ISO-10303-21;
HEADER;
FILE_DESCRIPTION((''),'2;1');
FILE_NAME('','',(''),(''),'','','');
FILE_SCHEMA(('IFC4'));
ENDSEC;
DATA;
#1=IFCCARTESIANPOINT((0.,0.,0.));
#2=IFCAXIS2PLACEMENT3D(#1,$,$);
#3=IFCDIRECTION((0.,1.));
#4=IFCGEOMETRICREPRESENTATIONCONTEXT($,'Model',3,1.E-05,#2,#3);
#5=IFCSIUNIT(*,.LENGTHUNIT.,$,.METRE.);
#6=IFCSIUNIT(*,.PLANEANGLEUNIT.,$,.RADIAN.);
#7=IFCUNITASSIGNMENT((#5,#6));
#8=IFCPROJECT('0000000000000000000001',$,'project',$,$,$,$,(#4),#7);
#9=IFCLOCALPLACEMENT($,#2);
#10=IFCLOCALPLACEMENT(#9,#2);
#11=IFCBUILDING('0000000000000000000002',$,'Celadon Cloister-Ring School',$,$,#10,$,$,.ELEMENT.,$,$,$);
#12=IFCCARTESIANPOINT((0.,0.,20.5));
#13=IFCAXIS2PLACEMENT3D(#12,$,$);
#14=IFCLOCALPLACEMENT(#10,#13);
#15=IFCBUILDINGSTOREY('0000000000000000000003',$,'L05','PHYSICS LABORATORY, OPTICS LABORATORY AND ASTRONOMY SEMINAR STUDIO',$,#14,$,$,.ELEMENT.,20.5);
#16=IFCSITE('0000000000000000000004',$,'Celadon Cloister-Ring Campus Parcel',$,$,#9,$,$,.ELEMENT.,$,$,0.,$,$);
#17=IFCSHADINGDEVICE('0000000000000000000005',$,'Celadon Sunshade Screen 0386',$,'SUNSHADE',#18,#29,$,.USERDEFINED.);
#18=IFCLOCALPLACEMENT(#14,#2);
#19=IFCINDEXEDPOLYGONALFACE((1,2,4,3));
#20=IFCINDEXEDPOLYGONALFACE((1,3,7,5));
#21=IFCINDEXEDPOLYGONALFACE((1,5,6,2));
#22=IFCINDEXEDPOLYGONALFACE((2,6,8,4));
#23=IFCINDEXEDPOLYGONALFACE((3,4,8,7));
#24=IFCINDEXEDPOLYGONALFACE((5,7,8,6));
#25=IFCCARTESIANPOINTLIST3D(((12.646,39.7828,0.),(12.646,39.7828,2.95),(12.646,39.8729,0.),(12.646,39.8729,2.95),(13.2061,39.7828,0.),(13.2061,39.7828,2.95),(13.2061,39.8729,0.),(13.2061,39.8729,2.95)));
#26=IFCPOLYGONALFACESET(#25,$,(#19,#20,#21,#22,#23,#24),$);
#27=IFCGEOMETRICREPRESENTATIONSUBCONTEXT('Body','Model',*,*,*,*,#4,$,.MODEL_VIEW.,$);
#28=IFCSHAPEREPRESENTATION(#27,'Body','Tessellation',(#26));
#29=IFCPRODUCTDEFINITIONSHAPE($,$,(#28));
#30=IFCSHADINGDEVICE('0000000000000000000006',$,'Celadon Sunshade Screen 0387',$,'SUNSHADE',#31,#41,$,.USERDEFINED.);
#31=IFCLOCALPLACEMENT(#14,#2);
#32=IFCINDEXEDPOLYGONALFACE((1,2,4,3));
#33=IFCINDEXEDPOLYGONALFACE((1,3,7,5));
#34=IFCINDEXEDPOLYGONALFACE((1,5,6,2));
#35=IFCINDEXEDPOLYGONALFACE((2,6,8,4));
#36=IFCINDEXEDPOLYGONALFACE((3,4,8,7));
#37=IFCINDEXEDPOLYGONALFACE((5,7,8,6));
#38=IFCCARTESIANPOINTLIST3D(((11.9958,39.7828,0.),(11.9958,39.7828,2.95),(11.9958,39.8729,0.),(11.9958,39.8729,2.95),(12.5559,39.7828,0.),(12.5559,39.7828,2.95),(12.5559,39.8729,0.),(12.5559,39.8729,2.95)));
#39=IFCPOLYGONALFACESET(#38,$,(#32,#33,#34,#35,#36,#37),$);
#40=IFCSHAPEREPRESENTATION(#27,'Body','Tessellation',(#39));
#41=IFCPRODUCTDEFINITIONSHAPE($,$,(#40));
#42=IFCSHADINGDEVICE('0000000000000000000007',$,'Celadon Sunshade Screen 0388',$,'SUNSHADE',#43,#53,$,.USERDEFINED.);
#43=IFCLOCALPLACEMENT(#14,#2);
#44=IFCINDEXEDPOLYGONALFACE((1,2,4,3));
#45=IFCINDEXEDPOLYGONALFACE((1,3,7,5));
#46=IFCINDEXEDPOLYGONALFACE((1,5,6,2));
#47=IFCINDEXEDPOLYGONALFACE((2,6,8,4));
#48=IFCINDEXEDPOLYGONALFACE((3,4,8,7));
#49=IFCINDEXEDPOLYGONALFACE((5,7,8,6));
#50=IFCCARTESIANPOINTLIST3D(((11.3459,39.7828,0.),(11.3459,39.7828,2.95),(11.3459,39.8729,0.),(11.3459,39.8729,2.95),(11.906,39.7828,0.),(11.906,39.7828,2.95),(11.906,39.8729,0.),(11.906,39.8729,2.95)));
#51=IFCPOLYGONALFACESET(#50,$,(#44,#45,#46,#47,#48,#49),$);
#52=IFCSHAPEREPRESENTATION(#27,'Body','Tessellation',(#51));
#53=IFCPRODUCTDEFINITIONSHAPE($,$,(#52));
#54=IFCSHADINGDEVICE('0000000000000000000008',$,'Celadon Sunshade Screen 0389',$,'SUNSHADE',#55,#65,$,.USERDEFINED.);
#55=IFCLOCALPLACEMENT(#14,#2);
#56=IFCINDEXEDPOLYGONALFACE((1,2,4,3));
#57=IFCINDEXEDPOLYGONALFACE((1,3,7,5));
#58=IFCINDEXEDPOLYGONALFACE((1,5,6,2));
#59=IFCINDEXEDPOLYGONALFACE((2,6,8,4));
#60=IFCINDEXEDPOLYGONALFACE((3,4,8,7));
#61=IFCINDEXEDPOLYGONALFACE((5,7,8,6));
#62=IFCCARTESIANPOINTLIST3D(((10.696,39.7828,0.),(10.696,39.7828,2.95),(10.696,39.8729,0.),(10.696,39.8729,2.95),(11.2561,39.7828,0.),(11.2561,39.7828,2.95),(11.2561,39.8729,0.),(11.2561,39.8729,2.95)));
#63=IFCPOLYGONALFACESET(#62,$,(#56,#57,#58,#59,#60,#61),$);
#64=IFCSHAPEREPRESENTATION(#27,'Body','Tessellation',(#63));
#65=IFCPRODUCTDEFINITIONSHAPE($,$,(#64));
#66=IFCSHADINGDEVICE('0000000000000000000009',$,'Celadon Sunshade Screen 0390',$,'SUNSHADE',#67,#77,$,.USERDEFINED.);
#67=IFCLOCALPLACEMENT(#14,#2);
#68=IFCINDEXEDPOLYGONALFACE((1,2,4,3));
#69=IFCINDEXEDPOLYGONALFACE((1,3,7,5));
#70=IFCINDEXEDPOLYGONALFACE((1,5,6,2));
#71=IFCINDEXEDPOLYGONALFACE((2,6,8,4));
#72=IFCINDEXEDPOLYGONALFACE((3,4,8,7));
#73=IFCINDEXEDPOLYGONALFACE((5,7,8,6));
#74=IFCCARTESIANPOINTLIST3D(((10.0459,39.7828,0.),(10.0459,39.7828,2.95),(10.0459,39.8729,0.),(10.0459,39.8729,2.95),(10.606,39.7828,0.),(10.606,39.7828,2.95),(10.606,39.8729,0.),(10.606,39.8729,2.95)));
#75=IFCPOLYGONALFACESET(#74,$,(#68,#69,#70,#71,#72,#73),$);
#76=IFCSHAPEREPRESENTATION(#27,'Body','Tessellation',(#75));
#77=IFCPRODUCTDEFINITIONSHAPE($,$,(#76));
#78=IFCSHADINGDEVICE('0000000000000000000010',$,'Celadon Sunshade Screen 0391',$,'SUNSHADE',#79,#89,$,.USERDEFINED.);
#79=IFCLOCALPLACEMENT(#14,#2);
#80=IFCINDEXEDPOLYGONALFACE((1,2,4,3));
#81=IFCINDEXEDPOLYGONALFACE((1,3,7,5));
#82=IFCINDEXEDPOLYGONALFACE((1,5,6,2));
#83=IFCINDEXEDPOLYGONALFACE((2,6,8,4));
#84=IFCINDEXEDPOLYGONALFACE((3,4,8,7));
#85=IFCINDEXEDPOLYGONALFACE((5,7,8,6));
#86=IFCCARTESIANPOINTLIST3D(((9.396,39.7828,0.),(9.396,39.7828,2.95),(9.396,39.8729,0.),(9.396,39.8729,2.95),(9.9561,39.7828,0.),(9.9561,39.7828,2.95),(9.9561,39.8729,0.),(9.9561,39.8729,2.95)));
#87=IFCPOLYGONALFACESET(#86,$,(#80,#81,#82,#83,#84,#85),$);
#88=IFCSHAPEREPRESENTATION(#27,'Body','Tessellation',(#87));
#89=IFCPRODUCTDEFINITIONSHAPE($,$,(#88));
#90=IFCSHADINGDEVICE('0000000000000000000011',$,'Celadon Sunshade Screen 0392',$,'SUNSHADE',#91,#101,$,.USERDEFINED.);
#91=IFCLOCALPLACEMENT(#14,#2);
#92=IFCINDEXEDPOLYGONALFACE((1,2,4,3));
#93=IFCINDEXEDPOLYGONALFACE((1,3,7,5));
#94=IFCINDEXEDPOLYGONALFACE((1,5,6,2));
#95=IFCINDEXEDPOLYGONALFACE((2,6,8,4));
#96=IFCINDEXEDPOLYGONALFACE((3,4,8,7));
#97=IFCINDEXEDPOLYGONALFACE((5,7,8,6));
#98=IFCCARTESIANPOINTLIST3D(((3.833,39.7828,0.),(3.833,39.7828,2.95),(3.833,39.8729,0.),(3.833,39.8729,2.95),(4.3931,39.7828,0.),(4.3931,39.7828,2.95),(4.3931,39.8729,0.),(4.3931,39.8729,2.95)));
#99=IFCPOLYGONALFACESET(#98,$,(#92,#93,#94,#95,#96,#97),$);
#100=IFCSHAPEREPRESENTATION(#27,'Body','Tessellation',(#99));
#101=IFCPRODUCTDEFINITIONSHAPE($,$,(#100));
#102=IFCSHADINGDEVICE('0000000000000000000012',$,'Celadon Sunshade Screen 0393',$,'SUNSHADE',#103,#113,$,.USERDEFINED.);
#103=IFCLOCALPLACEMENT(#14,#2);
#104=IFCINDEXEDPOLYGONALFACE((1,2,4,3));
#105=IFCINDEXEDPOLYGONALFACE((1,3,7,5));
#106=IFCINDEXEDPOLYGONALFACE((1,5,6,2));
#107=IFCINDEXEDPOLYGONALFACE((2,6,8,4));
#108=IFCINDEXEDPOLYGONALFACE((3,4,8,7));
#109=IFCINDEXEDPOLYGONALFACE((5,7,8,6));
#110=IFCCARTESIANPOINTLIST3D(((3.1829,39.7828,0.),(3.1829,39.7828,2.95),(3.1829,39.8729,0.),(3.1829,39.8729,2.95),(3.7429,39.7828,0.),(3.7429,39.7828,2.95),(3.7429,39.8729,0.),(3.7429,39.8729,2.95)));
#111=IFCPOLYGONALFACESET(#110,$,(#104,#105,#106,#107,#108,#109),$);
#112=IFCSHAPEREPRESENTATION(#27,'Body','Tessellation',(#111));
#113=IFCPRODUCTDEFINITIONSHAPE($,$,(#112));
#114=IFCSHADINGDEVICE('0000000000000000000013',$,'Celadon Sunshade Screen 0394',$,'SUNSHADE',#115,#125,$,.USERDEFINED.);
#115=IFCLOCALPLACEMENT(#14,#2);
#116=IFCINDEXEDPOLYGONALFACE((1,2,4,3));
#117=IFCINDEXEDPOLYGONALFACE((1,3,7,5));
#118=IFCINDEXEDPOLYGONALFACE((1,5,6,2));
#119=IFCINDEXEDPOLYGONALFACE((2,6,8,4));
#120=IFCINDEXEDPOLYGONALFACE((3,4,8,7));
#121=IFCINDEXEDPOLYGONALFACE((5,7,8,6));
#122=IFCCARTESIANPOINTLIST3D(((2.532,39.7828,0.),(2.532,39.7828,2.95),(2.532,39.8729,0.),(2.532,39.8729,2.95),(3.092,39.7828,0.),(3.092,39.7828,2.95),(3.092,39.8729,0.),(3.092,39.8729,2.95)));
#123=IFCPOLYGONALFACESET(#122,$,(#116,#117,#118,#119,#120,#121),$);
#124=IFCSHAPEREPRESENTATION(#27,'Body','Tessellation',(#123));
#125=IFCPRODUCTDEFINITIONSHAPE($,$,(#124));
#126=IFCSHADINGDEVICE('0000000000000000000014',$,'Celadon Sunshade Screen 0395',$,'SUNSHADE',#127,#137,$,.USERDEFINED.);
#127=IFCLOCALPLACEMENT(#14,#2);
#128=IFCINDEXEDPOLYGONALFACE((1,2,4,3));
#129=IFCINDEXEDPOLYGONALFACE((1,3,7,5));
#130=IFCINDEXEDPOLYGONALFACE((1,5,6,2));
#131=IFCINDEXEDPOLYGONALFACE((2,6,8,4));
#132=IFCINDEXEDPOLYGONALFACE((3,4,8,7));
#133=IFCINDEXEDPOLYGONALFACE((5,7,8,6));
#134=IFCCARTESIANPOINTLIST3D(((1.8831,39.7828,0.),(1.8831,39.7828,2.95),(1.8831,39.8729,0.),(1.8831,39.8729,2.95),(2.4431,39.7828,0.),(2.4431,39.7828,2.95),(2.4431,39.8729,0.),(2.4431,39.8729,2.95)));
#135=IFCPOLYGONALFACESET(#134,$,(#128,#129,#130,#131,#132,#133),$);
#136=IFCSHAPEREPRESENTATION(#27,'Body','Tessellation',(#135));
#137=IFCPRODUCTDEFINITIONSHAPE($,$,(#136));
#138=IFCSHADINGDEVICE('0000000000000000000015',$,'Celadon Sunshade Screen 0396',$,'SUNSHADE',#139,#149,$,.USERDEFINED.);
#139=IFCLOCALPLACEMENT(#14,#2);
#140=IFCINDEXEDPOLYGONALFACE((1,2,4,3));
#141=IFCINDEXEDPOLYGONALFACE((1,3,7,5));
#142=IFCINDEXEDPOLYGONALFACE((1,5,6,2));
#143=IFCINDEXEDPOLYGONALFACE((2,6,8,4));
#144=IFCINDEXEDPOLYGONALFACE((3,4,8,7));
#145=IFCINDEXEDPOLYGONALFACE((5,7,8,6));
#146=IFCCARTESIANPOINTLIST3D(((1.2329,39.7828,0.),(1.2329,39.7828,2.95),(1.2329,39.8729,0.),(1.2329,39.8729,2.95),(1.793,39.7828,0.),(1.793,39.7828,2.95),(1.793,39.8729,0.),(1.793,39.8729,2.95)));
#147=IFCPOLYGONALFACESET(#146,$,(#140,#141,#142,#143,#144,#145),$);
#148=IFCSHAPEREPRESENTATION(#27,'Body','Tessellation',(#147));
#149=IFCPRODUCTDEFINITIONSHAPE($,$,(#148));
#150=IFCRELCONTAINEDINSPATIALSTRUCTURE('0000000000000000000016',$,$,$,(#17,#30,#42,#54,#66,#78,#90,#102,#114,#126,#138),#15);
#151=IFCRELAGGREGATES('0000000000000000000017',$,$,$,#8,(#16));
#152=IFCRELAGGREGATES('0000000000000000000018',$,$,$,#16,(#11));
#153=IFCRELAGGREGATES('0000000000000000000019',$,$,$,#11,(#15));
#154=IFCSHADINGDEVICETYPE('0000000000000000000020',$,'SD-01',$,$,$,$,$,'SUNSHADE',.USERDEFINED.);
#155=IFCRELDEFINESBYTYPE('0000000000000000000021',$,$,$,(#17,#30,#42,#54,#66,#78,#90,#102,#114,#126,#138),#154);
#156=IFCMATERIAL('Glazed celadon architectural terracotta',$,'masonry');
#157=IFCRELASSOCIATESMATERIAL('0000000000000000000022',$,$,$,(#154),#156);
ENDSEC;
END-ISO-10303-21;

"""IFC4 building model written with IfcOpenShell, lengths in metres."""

from ifc_helpers import new_model, si_unit, direction, frame, origin, origin_2d, place, context, subcontext, project, spatial, rectangle, extrude, material, type_object, element, save


model = new_model("IFC4")

# Units and contexts
model_context = context("Model", 3, precision=1e-05, world=origin(), true_north=direction((0.0, 1.0)))
body_context = subcontext(model_context, "Body", "Model", "MODEL_VIEW")
ifc_project = project(units=[si_unit("LENGTHUNIT", "METRE"), si_unit("PLANEANGLEUNIT", "RADIAN")], contexts=[model_context])

# Site, building, storey
site_placement = place(None, origin())
site = spatial("IfcSite", under=ifc_project, at=site_placement, Name="Celadon Cloister-Ring Campus Parcel", CompositionType="ELEMENT", RefElevation=0.0)
building_placement = place(site_placement, origin())
building = spatial("IfcBuilding", under=site, at=building_placement, Name="Celadon Cloister-Ring School", CompositionType="ELEMENT")
storey_placement = place(building_placement, frame((0.0, 0.0, 20.5)))
storey = spatial("IfcBuildingStorey", under=building, at=storey_placement, Name="L05", Description="PHYSICS LABORATORY, OPTICS LABORATORY AND ASTRONOMY SEMINAR STUDIO", CompositionType="ELEMENT", Elevation=20.5)

# Shading devices
ifc_material_1 = material(Name="Glazed celadon architectural terracotta", Category="masonry")
shading_device_type = type_object("IfcShadingDeviceType", Name="SD-01", ElementType="SUNSHADE", PredefinedType="USERDEFINED", material=ifc_material_1)
for number, where, z_axis, x_axis, name in (
    (1, (12.926, 39.8279, 0.0), (0.0, 0.0, 1.0), (-1.0, 0.0, 0.0), "Celadon Sunshade Screen 0386"),
    (2, (12.2759, 39.8279, 0.0), (0.0, 0.0, 1.0), (-1.0, 0.0, 0.0), "Celadon Sunshade Screen 0387"),
    (3, (11.626, 39.8279, 0.0), (0.0, 0.0, 1.0), (-1.0, 0.0, 0.0), "Celadon Sunshade Screen 0388"),
    (4, (10.9761, 39.8279, 0.0), (0.0, 0.0, 1.0), (-1.0, 0.0, 0.0), "Celadon Sunshade Screen 0389"),
    (5, (10.3259, 39.8279, 0.0), (0.0, 0.0, 1.0), (-1.0, 0.0, 0.0), "Celadon Sunshade Screen 0390"),
    (6, (9.676, 39.8279, 0.0), (0.0, 0.0, 1.0), (-1.0, 0.0, 0.0), "Celadon Sunshade Screen 0391"),
    (7, (4.113, 39.8279, 0.0), (0.0, 0.0, 1.0), (-1.0, 0.0, 0.0), "Celadon Sunshade Screen 0392"),
    (8, (3.4629, 39.8279, 0.0), (0.0, 0.0, 1.0), (-1.0, 0.0, 0.0), "Celadon Sunshade Screen 0393"),
    (9, (2.812, 39.8279, 0.0), (0.0, 0.0, 1.0), (-1.0, 0.0, 0.0), "Celadon Sunshade Screen 0394"),
    (10, (2.1631, 39.8279, 0.0), (0.0, 0.0, 1.0), (-1.0, 0.0, 0.0), "Celadon Sunshade Screen 0395"),
    (11, (1.5129, 39.8279, 0.0), (0.0, 0.0, 1.0), (-1.0, 0.0, 0.0), "Celadon Sunshade Screen 0396"),
):
    element("IfcShadingDevice", number, at=place(storey_placement, frame(where, z_axis=z_axis, x_axis=x_axis)), inside=storey, type_object=shading_device_type, Name=name, ObjectType="SUNSHADE", PredefinedType="USERDEFINED", context=body_context, shape_type="SweptSolid", body=[
        extrude(rectangle(XDim=0.5601, YDim=0.0901, at=origin_2d()), origin(), (0.0, 0.0, 1.0), 2.95),
    ])

save(model, "model.ifc")
